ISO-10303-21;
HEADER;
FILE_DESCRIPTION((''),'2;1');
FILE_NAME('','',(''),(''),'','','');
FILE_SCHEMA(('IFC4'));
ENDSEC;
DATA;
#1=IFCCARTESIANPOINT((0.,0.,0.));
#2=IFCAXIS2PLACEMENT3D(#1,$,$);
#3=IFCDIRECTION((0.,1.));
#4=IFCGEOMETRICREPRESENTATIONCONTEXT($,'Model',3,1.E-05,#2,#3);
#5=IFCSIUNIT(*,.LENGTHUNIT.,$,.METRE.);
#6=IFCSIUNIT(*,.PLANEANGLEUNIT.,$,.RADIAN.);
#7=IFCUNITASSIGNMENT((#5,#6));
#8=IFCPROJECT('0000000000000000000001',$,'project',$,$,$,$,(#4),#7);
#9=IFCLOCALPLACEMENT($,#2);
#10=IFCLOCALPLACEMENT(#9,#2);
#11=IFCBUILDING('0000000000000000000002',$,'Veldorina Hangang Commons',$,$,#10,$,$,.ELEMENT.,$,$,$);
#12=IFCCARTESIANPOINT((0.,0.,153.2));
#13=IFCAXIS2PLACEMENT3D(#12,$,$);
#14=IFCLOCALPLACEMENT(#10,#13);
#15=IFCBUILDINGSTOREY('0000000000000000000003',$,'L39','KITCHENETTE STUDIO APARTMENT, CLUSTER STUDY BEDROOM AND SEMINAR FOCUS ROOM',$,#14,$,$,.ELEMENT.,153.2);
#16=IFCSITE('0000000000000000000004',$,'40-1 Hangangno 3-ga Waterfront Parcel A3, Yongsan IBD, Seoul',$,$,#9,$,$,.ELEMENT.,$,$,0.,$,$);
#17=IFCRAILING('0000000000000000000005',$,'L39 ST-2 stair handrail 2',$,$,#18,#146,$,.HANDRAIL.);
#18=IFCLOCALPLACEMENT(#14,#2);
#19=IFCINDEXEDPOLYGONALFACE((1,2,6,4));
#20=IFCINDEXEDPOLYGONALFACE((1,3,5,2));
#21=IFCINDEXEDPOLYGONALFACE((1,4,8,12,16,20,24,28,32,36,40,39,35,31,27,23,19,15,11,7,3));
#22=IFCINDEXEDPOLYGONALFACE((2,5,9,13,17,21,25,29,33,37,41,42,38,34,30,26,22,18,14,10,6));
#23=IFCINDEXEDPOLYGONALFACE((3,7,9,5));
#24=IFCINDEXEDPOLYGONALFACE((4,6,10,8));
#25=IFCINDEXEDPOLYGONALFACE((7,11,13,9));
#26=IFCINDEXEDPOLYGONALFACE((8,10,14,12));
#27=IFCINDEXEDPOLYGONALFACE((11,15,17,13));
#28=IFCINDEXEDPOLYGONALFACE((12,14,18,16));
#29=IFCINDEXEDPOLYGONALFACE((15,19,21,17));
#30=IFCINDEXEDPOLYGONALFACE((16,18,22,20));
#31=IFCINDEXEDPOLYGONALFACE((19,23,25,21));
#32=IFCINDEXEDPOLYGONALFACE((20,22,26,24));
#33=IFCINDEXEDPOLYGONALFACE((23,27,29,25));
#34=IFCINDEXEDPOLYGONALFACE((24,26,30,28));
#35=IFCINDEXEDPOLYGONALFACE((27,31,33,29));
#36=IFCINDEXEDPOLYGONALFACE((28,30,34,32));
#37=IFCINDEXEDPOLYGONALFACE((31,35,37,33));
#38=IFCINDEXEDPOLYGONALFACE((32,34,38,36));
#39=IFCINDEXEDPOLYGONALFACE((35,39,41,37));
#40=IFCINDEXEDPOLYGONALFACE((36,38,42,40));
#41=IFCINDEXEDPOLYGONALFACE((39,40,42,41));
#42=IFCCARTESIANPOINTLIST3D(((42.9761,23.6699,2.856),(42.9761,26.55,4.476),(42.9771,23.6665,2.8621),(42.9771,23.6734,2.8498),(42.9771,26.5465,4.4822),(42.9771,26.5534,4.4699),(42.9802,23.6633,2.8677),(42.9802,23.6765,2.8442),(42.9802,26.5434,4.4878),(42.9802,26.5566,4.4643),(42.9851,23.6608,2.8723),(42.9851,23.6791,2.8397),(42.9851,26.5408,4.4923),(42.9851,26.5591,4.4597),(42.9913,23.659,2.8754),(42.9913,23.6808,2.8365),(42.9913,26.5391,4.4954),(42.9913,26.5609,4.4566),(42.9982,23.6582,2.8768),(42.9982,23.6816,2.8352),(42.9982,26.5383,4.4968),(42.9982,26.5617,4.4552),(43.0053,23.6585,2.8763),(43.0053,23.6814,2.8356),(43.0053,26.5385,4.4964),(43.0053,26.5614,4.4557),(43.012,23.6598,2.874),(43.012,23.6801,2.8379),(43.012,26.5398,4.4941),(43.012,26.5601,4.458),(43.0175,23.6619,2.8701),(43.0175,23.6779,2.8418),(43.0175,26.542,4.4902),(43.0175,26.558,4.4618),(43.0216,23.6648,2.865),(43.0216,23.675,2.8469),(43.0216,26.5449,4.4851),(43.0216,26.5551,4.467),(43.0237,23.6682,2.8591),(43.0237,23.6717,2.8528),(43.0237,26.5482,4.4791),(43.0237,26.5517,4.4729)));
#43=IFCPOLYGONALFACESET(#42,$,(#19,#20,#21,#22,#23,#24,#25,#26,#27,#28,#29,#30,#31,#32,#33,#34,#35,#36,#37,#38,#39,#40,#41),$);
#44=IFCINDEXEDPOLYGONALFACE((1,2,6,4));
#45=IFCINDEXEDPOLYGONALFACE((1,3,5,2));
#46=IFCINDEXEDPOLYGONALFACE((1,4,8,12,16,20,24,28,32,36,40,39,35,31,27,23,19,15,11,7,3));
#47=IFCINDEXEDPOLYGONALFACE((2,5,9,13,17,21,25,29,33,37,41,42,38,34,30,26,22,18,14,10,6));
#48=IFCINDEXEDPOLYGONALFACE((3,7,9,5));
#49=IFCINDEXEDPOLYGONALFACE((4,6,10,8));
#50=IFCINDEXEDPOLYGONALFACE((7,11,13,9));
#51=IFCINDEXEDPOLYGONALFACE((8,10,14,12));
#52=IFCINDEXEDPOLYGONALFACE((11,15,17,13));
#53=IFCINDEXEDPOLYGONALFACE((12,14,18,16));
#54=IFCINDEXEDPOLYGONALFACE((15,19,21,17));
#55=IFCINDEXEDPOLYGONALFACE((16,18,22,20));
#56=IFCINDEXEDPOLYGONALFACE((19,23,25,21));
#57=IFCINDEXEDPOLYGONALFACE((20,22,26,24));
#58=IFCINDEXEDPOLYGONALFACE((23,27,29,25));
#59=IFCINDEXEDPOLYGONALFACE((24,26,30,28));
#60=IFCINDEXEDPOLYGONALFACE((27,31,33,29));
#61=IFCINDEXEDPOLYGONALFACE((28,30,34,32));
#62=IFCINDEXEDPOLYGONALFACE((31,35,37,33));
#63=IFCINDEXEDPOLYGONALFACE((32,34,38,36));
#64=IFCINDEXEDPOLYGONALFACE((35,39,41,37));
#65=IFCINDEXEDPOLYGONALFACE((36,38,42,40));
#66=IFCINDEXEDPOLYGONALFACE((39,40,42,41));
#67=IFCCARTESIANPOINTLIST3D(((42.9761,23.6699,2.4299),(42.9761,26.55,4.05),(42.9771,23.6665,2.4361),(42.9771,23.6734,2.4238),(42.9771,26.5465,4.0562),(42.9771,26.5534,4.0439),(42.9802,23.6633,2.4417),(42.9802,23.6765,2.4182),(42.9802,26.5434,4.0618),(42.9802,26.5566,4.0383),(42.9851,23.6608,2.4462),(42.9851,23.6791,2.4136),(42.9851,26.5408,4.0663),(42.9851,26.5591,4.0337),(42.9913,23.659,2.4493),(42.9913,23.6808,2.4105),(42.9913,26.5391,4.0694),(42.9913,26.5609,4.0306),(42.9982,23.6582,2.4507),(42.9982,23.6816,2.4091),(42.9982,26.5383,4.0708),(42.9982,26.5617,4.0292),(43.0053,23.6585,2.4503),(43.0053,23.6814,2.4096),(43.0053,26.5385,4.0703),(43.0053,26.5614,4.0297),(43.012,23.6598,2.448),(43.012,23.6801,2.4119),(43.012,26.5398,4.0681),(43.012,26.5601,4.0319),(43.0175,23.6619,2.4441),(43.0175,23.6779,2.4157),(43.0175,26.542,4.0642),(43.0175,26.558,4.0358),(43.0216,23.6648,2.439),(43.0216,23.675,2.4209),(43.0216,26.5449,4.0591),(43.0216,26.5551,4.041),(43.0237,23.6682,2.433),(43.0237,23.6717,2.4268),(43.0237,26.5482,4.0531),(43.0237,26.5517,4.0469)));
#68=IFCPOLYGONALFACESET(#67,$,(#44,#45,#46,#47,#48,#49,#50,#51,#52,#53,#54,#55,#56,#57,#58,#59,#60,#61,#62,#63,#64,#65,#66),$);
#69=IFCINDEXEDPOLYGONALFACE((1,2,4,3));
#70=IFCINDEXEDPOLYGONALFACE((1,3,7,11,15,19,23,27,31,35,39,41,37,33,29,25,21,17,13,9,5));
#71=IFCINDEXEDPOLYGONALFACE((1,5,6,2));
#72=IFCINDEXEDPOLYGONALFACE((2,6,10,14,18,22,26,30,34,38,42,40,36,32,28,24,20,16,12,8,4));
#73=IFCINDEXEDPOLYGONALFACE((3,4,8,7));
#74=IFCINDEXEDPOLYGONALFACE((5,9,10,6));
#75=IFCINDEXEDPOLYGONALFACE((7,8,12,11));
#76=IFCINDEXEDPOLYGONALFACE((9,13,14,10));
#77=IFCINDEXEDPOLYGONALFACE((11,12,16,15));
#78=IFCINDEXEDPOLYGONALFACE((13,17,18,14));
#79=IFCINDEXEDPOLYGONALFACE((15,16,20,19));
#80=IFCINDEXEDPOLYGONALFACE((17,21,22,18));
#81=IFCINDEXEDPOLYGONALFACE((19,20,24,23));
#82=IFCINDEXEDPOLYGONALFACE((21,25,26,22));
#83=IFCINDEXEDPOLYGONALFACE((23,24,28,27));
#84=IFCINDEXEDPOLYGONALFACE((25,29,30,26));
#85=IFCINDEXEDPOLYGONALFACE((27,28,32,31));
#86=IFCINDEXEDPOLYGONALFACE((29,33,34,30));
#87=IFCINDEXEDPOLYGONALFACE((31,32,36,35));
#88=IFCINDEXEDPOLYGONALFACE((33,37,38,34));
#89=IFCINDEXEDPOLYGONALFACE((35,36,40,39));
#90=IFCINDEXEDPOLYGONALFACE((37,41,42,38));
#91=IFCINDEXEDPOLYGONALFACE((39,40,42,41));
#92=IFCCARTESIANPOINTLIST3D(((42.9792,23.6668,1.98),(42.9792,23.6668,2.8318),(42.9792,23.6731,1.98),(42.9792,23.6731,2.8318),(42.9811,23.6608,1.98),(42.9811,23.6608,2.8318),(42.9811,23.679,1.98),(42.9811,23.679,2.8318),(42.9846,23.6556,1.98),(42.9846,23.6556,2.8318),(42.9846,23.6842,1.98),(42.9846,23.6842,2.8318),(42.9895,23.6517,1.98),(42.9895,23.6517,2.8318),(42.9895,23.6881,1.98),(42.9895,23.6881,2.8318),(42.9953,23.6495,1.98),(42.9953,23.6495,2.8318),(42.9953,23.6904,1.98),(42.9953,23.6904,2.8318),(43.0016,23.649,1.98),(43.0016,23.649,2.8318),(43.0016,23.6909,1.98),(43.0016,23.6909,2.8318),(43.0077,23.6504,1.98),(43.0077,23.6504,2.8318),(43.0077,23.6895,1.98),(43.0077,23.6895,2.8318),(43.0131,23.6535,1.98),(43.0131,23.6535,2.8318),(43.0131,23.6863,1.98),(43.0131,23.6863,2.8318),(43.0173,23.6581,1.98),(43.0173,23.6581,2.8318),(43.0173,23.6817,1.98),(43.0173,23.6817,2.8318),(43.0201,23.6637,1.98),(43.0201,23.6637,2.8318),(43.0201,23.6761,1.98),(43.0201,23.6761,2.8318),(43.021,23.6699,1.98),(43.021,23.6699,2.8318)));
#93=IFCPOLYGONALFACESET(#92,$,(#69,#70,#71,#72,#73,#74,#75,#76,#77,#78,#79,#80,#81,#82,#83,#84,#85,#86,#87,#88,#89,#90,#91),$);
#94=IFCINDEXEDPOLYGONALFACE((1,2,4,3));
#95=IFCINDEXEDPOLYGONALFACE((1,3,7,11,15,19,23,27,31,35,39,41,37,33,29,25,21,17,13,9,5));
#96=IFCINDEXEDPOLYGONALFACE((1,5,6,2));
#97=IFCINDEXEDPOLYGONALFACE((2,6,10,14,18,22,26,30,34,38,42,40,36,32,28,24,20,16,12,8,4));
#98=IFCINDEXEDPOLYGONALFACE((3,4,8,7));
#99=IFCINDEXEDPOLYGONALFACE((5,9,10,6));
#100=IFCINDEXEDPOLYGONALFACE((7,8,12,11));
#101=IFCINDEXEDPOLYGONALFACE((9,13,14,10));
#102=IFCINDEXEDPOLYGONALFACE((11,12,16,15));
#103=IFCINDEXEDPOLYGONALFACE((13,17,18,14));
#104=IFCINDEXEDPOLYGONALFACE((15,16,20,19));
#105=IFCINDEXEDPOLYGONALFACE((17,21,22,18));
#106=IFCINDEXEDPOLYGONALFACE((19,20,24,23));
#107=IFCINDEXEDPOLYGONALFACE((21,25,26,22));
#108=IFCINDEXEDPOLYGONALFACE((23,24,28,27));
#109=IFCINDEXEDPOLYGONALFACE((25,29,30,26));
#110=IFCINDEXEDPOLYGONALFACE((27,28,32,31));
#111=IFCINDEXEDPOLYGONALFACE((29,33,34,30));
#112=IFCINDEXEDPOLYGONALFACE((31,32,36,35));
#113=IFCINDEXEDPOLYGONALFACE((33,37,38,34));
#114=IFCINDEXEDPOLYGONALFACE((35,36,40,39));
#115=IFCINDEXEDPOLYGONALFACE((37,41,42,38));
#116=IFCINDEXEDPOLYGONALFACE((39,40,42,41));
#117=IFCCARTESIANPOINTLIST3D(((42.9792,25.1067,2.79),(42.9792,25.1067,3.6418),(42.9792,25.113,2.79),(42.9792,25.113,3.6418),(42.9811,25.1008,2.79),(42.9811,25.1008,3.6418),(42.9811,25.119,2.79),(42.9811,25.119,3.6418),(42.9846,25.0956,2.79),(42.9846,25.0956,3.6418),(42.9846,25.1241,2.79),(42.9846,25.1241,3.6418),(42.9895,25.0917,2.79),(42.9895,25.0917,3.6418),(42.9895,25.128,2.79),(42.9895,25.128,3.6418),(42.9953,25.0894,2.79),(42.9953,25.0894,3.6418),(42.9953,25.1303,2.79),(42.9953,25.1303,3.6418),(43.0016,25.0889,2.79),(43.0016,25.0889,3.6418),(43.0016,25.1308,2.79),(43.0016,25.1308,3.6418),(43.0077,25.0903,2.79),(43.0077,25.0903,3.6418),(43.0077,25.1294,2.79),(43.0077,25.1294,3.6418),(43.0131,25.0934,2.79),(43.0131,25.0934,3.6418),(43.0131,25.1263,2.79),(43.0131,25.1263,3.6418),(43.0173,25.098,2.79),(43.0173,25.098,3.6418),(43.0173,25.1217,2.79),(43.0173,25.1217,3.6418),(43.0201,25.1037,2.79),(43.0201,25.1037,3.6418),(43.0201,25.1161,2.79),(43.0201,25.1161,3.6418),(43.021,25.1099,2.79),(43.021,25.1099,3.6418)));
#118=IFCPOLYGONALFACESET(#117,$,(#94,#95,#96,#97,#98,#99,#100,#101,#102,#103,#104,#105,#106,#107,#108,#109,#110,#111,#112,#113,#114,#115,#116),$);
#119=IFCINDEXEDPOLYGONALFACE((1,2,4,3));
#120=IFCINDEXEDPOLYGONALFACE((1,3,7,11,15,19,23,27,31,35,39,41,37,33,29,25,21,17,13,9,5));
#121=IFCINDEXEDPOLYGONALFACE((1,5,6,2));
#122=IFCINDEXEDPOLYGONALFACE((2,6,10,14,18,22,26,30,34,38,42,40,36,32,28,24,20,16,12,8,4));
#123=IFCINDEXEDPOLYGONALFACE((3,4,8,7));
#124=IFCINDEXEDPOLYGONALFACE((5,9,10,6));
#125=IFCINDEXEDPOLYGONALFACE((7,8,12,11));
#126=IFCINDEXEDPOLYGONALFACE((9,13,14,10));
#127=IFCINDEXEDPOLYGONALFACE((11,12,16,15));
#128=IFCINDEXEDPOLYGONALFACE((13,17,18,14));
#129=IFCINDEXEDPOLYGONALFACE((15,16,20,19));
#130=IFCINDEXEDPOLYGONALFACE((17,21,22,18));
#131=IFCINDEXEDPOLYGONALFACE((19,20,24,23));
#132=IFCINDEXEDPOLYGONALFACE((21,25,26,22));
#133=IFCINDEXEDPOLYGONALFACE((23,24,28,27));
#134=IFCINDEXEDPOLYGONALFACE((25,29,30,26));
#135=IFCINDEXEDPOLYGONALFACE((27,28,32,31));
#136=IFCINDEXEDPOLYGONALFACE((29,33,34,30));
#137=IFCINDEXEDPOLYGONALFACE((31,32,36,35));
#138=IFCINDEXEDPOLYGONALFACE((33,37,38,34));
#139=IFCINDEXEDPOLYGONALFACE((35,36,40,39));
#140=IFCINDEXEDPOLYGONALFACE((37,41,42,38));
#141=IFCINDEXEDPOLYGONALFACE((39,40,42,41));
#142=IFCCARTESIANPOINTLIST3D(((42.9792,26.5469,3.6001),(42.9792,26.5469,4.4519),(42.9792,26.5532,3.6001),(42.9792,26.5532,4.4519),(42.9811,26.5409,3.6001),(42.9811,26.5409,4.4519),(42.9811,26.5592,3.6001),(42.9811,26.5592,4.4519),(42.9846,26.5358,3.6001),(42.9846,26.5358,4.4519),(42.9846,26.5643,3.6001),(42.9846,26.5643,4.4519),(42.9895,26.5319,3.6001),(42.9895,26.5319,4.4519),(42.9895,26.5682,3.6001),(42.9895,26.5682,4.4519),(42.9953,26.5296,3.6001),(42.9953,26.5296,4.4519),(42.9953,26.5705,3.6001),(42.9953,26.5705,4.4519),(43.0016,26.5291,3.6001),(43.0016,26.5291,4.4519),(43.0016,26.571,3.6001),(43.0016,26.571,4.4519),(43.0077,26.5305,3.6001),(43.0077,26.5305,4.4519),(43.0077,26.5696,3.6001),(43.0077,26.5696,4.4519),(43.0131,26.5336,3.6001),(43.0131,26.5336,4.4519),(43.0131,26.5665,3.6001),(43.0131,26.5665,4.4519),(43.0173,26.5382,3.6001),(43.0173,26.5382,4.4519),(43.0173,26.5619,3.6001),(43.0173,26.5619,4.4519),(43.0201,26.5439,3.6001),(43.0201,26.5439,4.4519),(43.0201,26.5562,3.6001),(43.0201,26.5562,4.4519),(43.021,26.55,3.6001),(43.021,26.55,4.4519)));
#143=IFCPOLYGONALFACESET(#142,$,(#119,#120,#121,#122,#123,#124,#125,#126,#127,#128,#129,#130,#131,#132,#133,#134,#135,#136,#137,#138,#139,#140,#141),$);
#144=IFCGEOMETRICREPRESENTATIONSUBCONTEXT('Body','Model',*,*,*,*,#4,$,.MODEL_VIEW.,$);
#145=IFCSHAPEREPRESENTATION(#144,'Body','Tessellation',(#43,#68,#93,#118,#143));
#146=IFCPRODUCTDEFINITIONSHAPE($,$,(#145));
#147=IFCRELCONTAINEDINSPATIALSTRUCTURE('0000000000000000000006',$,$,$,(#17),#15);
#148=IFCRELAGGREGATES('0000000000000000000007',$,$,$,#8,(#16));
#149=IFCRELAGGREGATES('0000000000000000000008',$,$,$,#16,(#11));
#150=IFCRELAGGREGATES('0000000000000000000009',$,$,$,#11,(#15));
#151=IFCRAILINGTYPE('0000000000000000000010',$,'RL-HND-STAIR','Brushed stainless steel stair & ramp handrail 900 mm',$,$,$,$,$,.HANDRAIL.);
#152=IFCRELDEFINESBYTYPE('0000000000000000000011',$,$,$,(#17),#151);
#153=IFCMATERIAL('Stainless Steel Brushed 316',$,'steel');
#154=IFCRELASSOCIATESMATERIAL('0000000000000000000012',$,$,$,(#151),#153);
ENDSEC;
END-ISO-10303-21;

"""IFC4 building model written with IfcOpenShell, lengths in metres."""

from ifc_helpers import new_model, si_unit, direction, frame, origin, origin_2d, place, context, subcontext, project, spatial, circle, extrude, material, type_object, element, save


model = new_model("IFC4")

# Units and contexts
model_context = context("Model", 3, precision=1e-05, world=origin(), true_north=direction((0.0, 1.0)))
body_context = subcontext(model_context, "Body", "Model", "MODEL_VIEW")
ifc_project = project(units=[si_unit("LENGTHUNIT", "METRE"), si_unit("PLANEANGLEUNIT", "RADIAN")], contexts=[model_context])

# Site, building, storey
site_placement = place(None, origin())
site = spatial("IfcSite", under=ifc_project, at=site_placement, Name="40-1 Hangangno 3-ga Waterfront Parcel A3, Yongsan IBD, Seoul", CompositionType="ELEMENT", RefElevation=0.0)
building_placement = place(site_placement, origin())
building = spatial("IfcBuilding", under=site, at=building_placement, Name="Veldorina Hangang Commons", CompositionType="ELEMENT")
storey_placement = place(building_placement, frame((0.0, 0.0, 153.2)))
storey = spatial("IfcBuildingStorey", under=building, at=storey_placement, Name="L39", Description="KITCHENETTE STUDIO APARTMENT, CLUSTER STUDY BEDROOM AND SEMINAR FOCUS ROOM", CompositionType="ELEMENT", Elevation=153.2)

# Railing
ifc_material_1 = material(Name="Stainless Steel Brushed 316", Category="steel")
railing_type_1 = type_object("IfcRailingType", Name="RL-HND-STAIR", Description="Brushed stainless steel stair & ramp handrail 900 mm", PredefinedType="HANDRAIL", material=ifc_material_1)
railing_1_placement = place(storey_placement, frame((43.0, 23.6699, 1.98)))
element("IfcRailing", 1, at=railing_1_placement, inside=storey, type_object=railing_type_1, Name="L39 ST-2 stair handrail 2", PredefinedType="HANDRAIL", context=body_context, shape_type="SweptSolid", body=[
    extrude(circle(Radius=0.0239, at=origin_2d()), frame((0.0, 0.0, 0.876), z_axis=(0.0, 0.87157, 0.490272), x_axis=(-1.0, 0.0, 0.0)), (0.0, 0.0, 1.0), 3.3044),
    extrude(circle(Radius=0.0239, at=origin_2d()), frame((0.0, 0.0, 0.45), z_axis=(0.0, 0.87157, 0.490272), x_axis=(-1.0, 0.0, 0.0)), (0.0, 0.0, 1.0), 3.3044),
    extrude(circle(Radius=0.021, at=origin_2d()), origin(), (0.0, 0.0, 1.0), 0.8518),
    extrude(circle(Radius=0.021, at=origin_2d()), frame((0.0, 1.4399, 0.8101)), (0.0, 0.0, 1.0), 0.8518),
    extrude(circle(Radius=0.021, at=origin_2d()), frame((0.0, 2.8801, 1.6201)), (0.0, 0.0, 1.0), 0.8518),
])

save(model, "model.ifc")
